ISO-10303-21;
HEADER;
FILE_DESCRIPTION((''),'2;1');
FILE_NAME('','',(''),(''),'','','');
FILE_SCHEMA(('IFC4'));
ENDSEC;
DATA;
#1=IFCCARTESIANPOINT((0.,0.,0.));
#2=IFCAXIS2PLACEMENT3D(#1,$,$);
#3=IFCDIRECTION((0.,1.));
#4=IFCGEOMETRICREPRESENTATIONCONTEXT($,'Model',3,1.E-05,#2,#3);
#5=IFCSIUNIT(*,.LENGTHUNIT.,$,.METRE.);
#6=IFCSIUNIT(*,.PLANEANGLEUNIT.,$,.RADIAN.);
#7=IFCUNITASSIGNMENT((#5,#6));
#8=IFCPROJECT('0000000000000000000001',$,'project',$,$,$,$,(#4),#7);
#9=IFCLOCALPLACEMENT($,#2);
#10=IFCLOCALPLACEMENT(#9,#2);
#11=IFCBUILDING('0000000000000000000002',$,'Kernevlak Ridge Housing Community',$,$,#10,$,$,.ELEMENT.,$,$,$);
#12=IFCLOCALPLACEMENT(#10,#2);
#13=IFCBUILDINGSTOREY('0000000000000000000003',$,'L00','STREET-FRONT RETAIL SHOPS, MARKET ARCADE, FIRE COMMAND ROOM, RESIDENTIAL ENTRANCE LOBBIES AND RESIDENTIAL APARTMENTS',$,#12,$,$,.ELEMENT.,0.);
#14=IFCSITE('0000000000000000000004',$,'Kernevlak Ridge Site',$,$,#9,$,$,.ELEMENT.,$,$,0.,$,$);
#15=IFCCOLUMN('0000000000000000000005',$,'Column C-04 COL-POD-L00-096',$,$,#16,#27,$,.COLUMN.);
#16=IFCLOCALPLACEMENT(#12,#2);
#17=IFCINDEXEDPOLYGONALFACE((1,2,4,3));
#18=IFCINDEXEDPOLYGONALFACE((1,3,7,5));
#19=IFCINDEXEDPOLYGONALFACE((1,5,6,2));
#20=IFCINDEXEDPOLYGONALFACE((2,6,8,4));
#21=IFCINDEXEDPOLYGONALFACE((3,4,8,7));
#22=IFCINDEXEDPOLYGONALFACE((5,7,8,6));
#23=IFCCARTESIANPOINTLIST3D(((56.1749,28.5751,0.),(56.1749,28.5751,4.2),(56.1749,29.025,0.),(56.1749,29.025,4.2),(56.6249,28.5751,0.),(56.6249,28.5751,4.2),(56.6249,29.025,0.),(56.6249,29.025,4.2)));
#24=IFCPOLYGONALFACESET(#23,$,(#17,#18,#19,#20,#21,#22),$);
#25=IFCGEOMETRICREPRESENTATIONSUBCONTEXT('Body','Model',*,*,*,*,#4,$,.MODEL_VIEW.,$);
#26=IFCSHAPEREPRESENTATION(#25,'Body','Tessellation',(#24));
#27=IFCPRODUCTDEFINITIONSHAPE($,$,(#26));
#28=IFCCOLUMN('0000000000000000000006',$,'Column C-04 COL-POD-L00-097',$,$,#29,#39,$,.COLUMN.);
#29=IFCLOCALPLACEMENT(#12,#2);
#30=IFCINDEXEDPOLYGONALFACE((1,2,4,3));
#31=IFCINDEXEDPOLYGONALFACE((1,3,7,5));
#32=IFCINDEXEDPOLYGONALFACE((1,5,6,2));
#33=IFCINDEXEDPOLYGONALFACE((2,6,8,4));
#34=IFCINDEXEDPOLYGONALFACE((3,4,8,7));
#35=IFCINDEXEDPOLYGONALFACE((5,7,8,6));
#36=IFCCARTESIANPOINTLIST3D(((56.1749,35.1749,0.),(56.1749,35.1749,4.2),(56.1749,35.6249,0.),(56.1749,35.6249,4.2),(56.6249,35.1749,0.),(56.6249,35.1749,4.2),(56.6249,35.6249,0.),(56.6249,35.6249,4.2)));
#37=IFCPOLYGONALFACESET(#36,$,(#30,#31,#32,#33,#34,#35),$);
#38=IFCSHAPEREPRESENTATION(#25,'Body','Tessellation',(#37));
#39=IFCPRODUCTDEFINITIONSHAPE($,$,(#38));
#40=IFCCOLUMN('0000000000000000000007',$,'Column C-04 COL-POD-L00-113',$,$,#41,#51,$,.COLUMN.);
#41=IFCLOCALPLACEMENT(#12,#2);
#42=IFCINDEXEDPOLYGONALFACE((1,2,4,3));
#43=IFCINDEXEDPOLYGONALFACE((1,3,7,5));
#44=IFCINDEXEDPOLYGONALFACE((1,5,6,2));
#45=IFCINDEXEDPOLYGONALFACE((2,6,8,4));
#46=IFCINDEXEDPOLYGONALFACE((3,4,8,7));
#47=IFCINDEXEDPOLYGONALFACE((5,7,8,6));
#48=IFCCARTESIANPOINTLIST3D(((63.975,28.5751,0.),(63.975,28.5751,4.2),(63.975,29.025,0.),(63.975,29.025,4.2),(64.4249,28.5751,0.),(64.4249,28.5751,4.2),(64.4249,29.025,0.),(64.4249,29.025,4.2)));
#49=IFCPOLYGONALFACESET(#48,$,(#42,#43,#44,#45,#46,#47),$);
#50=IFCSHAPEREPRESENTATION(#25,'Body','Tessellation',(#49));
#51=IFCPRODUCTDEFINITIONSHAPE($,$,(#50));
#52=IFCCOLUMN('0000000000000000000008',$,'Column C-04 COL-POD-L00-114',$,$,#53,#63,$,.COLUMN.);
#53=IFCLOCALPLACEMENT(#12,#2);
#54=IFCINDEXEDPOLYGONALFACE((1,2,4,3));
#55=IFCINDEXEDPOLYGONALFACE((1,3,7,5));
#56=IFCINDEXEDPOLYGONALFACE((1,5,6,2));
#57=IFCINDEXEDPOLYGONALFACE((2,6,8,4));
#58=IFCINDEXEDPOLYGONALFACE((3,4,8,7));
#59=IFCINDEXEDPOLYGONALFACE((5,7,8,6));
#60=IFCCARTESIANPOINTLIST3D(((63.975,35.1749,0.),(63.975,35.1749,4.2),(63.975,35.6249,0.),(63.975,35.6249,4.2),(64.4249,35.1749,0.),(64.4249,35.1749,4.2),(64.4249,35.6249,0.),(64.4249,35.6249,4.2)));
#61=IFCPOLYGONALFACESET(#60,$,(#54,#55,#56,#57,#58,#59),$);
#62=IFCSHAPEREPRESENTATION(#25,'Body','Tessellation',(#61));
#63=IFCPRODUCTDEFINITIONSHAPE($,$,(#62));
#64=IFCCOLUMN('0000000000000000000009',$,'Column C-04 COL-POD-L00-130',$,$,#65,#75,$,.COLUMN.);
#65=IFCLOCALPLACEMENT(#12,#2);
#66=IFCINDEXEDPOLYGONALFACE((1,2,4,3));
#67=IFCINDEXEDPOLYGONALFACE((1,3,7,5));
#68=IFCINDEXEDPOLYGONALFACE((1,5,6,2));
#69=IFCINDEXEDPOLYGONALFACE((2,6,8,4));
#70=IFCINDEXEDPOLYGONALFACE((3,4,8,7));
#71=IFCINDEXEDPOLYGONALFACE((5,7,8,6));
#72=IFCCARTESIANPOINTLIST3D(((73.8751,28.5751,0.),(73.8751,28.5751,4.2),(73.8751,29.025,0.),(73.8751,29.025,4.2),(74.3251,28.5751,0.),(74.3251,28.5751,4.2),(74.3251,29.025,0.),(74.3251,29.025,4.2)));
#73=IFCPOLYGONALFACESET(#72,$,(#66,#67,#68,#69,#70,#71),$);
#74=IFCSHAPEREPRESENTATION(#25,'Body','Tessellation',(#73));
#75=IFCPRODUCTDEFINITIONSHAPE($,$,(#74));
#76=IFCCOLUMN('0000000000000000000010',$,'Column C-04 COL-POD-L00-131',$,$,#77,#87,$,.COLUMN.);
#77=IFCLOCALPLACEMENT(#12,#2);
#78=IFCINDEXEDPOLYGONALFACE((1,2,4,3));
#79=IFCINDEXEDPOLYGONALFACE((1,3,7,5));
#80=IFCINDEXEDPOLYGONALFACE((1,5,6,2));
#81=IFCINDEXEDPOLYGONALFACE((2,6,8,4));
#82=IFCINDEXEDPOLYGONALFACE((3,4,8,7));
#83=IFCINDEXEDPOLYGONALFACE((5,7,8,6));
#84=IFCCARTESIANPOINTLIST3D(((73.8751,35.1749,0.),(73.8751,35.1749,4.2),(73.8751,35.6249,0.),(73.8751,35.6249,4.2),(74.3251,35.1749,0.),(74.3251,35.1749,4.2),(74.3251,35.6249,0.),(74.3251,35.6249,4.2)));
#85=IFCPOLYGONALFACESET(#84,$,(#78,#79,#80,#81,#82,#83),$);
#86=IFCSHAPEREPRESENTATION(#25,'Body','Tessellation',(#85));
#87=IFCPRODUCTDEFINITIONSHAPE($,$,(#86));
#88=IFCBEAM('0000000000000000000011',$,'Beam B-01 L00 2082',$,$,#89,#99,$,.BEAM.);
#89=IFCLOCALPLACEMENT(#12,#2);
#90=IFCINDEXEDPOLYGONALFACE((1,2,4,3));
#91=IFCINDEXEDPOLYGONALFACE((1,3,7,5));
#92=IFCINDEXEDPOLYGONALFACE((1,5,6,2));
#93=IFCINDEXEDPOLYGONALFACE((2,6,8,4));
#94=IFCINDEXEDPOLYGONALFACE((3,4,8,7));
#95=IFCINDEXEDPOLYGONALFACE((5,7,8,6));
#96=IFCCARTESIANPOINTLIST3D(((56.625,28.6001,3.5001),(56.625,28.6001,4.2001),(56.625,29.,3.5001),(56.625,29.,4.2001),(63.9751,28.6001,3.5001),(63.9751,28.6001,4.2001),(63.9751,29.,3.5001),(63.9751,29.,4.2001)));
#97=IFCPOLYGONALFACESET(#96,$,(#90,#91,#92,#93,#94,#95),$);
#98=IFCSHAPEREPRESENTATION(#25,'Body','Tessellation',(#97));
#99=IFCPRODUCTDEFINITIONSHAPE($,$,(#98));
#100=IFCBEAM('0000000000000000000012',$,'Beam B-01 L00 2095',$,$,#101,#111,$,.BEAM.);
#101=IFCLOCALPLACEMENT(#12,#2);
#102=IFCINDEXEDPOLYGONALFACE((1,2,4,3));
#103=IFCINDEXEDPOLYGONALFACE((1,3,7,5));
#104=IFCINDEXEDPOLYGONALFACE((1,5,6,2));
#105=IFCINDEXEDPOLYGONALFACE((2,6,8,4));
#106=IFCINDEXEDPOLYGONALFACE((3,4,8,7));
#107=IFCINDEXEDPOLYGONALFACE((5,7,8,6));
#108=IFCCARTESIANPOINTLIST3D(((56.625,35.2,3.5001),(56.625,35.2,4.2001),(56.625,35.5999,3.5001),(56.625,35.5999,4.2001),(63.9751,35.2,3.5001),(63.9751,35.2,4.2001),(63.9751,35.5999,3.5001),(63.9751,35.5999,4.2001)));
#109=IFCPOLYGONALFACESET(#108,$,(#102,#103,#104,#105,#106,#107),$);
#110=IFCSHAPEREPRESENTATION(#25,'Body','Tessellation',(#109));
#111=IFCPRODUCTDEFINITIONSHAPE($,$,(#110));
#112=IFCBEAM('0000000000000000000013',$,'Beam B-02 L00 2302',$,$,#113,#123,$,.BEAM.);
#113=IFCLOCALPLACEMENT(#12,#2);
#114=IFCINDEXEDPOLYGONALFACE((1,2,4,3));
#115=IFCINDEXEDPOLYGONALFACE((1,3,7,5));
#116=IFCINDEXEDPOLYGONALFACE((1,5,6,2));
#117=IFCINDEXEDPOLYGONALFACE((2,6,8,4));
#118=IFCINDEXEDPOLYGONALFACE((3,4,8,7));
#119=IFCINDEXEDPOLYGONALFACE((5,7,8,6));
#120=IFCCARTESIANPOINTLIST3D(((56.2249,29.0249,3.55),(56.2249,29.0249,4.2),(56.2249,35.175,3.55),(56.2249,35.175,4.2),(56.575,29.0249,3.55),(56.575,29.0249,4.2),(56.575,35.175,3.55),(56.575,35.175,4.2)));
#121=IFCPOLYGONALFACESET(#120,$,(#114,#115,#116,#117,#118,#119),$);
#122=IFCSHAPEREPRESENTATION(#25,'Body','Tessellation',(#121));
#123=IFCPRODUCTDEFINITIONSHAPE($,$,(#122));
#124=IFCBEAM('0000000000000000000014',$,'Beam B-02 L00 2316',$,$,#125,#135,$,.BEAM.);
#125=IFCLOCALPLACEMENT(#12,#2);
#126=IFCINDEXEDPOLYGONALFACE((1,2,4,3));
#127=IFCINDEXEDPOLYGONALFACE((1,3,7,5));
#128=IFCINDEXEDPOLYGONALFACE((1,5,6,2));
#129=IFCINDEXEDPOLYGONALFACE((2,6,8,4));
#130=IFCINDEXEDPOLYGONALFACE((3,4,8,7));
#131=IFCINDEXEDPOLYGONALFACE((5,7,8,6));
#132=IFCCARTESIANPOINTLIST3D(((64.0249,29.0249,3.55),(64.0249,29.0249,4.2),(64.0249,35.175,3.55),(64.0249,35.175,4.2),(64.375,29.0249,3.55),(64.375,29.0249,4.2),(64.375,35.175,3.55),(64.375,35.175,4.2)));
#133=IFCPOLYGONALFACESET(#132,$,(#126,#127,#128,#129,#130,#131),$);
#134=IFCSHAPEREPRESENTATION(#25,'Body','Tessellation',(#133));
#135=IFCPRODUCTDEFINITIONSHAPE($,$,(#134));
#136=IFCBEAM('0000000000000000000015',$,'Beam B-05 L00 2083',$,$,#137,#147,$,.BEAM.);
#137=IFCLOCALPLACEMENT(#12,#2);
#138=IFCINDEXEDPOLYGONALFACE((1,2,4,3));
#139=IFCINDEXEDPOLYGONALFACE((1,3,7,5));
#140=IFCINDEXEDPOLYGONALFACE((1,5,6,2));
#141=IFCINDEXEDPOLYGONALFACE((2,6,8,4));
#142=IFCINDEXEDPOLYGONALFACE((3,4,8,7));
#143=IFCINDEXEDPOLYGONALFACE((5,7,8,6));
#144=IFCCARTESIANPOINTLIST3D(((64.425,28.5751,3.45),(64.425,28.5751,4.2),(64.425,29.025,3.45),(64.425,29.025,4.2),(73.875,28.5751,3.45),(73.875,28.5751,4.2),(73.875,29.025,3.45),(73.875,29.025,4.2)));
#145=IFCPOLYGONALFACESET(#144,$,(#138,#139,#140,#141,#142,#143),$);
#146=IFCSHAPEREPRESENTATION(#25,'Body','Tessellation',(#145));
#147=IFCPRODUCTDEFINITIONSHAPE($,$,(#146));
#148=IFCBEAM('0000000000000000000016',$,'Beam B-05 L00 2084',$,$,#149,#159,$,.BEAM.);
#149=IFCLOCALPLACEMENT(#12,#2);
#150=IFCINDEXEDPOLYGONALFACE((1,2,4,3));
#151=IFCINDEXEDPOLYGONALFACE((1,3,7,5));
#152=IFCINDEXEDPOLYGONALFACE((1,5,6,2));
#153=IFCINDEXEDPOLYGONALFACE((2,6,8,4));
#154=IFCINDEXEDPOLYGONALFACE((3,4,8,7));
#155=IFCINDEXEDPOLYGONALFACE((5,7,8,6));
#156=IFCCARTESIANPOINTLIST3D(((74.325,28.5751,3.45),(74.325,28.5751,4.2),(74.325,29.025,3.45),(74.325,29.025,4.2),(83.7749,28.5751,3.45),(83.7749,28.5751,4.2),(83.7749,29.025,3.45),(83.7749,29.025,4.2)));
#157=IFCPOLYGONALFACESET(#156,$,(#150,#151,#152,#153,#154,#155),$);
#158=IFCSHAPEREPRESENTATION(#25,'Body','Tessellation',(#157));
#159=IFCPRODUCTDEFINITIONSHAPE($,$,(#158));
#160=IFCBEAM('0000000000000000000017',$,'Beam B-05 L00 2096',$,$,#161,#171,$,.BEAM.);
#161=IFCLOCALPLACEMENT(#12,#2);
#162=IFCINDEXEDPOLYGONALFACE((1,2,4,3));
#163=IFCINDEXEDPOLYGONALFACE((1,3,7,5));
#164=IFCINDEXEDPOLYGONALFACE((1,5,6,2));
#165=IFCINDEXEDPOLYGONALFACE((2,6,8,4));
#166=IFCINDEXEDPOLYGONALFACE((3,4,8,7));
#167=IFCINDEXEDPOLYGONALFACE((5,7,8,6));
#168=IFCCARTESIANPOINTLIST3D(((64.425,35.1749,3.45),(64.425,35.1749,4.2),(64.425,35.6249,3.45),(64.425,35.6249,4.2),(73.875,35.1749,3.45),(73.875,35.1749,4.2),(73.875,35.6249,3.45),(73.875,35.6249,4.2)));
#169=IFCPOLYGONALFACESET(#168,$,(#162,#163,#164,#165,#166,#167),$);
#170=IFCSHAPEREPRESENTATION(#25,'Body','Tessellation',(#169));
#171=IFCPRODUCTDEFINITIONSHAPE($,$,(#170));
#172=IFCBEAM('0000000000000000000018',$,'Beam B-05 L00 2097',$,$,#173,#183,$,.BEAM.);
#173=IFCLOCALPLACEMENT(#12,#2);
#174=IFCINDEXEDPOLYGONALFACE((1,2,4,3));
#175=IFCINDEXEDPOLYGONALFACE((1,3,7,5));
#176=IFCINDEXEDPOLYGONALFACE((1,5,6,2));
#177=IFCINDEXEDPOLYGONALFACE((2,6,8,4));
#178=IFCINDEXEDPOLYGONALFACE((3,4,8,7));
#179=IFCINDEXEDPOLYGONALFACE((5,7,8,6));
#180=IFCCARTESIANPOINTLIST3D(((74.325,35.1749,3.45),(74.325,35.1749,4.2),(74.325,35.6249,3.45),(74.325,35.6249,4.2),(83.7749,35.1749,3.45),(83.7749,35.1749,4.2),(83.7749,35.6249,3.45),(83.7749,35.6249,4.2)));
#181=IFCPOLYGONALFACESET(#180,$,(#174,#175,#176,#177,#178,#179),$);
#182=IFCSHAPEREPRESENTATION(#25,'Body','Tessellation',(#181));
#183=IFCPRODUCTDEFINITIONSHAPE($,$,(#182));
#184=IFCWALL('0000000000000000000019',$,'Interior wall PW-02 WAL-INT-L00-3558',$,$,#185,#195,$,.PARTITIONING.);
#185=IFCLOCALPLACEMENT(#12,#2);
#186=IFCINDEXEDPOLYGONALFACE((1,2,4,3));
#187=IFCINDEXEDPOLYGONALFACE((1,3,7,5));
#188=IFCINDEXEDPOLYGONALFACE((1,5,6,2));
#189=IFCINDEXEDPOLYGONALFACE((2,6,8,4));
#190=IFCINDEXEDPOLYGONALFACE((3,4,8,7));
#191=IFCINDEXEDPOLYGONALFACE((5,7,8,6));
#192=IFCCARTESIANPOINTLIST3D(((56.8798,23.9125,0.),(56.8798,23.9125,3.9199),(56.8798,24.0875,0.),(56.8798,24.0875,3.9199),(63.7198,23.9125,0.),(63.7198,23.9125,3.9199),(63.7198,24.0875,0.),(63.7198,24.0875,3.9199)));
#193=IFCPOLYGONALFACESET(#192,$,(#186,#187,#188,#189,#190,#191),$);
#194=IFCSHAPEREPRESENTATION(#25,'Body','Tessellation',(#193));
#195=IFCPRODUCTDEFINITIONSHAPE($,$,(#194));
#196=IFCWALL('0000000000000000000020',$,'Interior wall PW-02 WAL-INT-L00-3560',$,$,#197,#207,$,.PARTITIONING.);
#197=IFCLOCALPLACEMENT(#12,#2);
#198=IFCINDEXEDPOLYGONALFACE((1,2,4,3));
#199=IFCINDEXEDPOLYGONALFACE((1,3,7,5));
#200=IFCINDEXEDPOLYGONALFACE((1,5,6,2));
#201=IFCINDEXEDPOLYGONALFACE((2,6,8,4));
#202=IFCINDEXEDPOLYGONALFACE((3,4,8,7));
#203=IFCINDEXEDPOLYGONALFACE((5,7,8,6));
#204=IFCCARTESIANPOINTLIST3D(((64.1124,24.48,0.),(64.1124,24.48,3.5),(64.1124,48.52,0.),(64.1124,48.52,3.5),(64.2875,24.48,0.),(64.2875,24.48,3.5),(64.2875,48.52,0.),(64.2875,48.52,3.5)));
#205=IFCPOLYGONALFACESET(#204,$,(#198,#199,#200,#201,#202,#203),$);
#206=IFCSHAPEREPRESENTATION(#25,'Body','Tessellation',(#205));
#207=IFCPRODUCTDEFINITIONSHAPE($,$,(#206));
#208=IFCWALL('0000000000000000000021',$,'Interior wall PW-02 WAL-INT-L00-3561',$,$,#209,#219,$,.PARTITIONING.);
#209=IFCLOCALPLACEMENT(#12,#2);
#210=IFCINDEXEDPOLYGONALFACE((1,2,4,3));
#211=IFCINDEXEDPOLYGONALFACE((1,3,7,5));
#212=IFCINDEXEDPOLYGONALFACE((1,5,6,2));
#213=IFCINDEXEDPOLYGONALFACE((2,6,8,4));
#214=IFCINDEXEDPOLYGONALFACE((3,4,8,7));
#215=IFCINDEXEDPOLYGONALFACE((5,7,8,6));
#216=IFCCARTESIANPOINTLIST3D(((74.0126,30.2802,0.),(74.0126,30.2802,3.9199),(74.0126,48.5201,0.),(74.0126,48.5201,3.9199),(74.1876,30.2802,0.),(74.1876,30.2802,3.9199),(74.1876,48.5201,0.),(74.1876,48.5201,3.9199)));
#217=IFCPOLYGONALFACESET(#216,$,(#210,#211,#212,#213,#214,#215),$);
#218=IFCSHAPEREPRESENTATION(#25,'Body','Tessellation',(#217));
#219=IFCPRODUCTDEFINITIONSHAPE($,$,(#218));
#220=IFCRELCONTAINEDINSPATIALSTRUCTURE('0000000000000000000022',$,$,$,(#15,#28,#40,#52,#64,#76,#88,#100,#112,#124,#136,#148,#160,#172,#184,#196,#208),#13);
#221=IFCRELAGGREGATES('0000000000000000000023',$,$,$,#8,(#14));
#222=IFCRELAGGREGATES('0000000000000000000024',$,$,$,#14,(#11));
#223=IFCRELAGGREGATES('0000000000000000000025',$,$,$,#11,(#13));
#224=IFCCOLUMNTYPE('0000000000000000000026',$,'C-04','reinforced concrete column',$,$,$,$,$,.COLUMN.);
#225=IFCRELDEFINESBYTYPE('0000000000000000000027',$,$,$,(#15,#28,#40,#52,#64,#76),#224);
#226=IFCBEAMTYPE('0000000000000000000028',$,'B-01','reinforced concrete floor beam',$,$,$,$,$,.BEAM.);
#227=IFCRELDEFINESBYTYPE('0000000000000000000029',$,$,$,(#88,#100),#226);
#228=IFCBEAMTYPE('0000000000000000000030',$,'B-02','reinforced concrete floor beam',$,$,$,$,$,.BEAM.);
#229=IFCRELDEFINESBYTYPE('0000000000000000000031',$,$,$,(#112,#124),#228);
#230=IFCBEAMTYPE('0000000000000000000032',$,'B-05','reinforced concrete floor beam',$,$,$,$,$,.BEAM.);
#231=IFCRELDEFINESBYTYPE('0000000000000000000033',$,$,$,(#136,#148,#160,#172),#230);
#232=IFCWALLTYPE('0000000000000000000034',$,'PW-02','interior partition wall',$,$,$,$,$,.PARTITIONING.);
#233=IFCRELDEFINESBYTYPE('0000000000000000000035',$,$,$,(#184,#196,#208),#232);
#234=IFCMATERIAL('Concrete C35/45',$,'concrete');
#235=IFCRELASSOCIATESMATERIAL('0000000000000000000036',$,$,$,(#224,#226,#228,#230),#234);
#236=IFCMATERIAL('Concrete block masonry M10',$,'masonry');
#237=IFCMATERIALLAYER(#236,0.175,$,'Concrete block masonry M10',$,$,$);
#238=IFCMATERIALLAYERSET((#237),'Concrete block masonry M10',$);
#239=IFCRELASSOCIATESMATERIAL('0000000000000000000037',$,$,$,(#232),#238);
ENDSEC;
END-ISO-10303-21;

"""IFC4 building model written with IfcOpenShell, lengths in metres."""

from ifc_helpers import new_model, si_unit, direction, frame, frame_2d, origin, origin_2d, place, context, subcontext, project, spatial, rectangle, extrude, material, layer, layer_set, material_profile, profile_set, type_object, element, save


model = new_model("IFC4")

# Units and contexts
model_context = context("Model", 3, precision=1e-05, world=origin(), true_north=direction((0.0, 1.0)))
body_context = subcontext(model_context, "Body", "Model", "MODEL_VIEW")
ifc_project = project(units=[si_unit("LENGTHUNIT", "METRE"), si_unit("PLANEANGLEUNIT", "RADIAN")], contexts=[model_context])

# Site, building, storey
site_placement = place(None, origin())
site = spatial("IfcSite", under=ifc_project, at=site_placement, Name="Kernevlak Ridge Site", CompositionType="ELEMENT", RefElevation=0.0)
building_placement = place(site_placement, origin())
building = spatial("IfcBuilding", under=site, at=building_placement, Name="Kernevlak Ridge Housing Community", CompositionType="ELEMENT")
storey_placement = place(building_placement, origin())
storey = spatial("IfcBuildingStorey", under=building, at=storey_placement, Name="L00", Description="STREET-FRONT RETAIL SHOPS, MARKET ARCADE, FIRE COMMAND ROOM, RESIDENTIAL ENTRANCE LOBBIES AND RESIDENTIAL APARTMENTS", CompositionType="ELEMENT", Elevation=0.0)

# Columns
ifc_material_1 = material(Name="Concrete C35/45", Category="concrete")
ifc_material_profile_1 = material_profile(ifc_material_1, rectangle(XDim=0.45, YDim=0.45, at=origin_2d()), Name="RC 450x450")
ifc_profile_set_1 = profile_set([ifc_material_profile_1], Name="Concrete C35/45")
column_type = type_object("IfcColumnType", Name="C-04", Description="reinforced concrete column", PredefinedType="COLUMN", material=ifc_profile_set_1)
for number, where, z_axis, x_axis, name in (
    (1, (56.3999, 28.8, 0.0), (0.0, 0.0, 1.0), (1.0, 0.0, 0.0), "Column C-04 COL-POD-L00-096"),
    (2, (56.3999, 35.3999, 0.0), (0.0, 0.0, 1.0), (1.0, 0.0, 0.0), "Column C-04 COL-POD-L00-097"),
    (3, (64.2, 28.8, 0.0), (0.0, 0.0, 1.0), (1.0, 0.0, 0.0), "Column C-04 COL-POD-L00-113"),
    (4, (64.2, 35.3999, 0.0), (0.0, 0.0, 1.0), (1.0, 0.0, 0.0), "Column C-04 COL-POD-L00-114"),
    (5, (74.1001, 28.8, 0.0), (0.0, 0.0, 1.0), (1.0, 0.0, 0.0), "Column C-04 COL-POD-L00-130"),
    (6, (74.1001, 35.3999, 0.0), (0.0, 0.0, 1.0), (1.0, 0.0, 0.0), "Column C-04 COL-POD-L00-131"),
):
    element("IfcColumn", number, at=place(storey_placement, frame(where, z_axis=z_axis, x_axis=x_axis)), inside=storey, type_object=column_type, Name=name, PredefinedType="COLUMN", context=body_context, shape_type="SweptSolid", body=[
        extrude(rectangle(XDim=0.45, YDim=0.45, at=origin_2d()), origin(), (0.0, 0.0, 1.0), 4.2),
    ])

# Beams
ifc_material_profile_2 = material_profile(ifc_material_1, rectangle(XDim=0.3999, YDim=0.7, at=origin_2d()), Name="RC 400x700")
ifc_profile_set_2 = profile_set([ifc_material_profile_2], Name="Concrete C35/45")
beam_type_1 = type_object("IfcBeamType", Name="B-01", Description="reinforced concrete floor beam", PredefinedType="BEAM", material=ifc_profile_set_2)
for number, where, z_axis, x_axis, name in (
    (7, (56.625, 28.8, 3.8501), (1.0, 0.0, 0.0), (0.0, 1.0, 0.0), "Beam B-01 L00 2082"),
    (8, (56.625, 35.3999, 3.8501), (1.0, 0.0, 0.0), (0.0, 1.0, 0.0), "Beam B-01 L00 2095"),
):
    element("IfcBeam", number, at=place(storey_placement, frame(where, z_axis=z_axis, x_axis=x_axis)), inside=storey, type_object=beam_type_1, Name=name, PredefinedType="BEAM", context=body_context, shape_type="SweptSolid", body=[
        extrude(rectangle(XDim=0.3999, YDim=0.7, at=origin_2d()), origin(), (0.0, 0.0, 1.0), 7.3501),
    ])
ifc_material_profile_3 = material_profile(ifc_material_1, rectangle(XDim=0.3501, YDim=0.6499, at=origin_2d()), Name="RC 350x650")
ifc_profile_set_3 = profile_set([ifc_material_profile_3], Name="Concrete C35/45")
beam_type_2 = type_object("IfcBeamType", Name="B-02", Description="reinforced concrete floor beam", PredefinedType="BEAM", material=ifc_profile_set_3)
for number, where, z_axis, x_axis, name in (
    (9, (56.3999, 29.0249, 3.875), (0.0, 1.0, 0.0), (-1.0, 0.0, 0.0), "Beam B-02 L00 2302"),
    (10, (64.2, 29.0249, 3.875), (0.0, 1.0, 0.0), (-1.0, 0.0, 0.0), "Beam B-02 L00 2316"),
):
    element("IfcBeam", number, at=place(storey_placement, frame(where, z_axis=z_axis, x_axis=x_axis)), inside=storey, type_object=beam_type_2, Name=name, PredefinedType="BEAM", context=body_context, shape_type="SweptSolid", body=[
        extrude(rectangle(XDim=0.3501, YDim=0.6499, at=origin_2d()), origin(), (0.0, 0.0, 1.0), 6.1501),
    ])
ifc_material_profile_4 = material_profile(ifc_material_1, rectangle(XDim=0.45, YDim=0.75, at=origin_2d()), Name="RC 450x750")
ifc_profile_set_4 = profile_set([ifc_material_profile_4], Name="Concrete C35/45")
beam_type_3 = type_object("IfcBeamType", Name="B-05", Description="reinforced concrete floor beam", PredefinedType="BEAM", material=ifc_profile_set_4)
for number, where, z_axis, x_axis, name in (
    (11, (64.425, 28.8, 3.825), (1.0, 0.0, 0.0), (0.0, 1.0, 0.0), "Beam B-05 L00 2083"),
    (12, (74.325, 28.8, 3.825), (1.0, 0.0, 0.0), (0.0, 1.0, 0.0), "Beam B-05 L00 2084"),
    (13, (64.425, 35.3999, 3.825), (1.0, 0.0, 0.0), (0.0, 1.0, 0.0), "Beam B-05 L00 2096"),
    (14, (74.325, 35.3999, 3.825), (1.0, 0.0, 0.0), (0.0, 1.0, 0.0), "Beam B-05 L00 2097"),
):
    element("IfcBeam", number, at=place(storey_placement, frame(where, z_axis=z_axis, x_axis=x_axis)), inside=storey, type_object=beam_type_3, Name=name, PredefinedType="BEAM", context=body_context, shape_type="SweptSolid", body=[
        extrude(rectangle(XDim=0.45, YDim=0.75, at=origin_2d()), origin(), (0.0, 0.0, 1.0), 9.45),
    ])

# Walls
ifc_material_2 = material(Name="Concrete block masonry M10", Category="masonry")
ifc_layer_1 = layer(ifc_material_2, 0.175, Name="Concrete block masonry M10")
ifc_layer_set_1 = layer_set([ifc_layer_1], Name="Concrete block masonry M10")
wall_type_1 = type_object("IfcWallType", Name="PW-02", Description="interior partition wall", PredefinedType="PARTITIONING", material=ifc_layer_set_1)
wall_1_placement = place(storey_placement, frame((56.8799, 24.0, 0.0), z_axis=(0.0, 0.0, 1.0), x_axis=(1.0, 0.0, 0.0)))
element("IfcWall", 15, at=wall_1_placement, inside=storey, type_object=wall_type_1, Name="Interior wall PW-02 WAL-INT-L00-3558", PredefinedType="PARTITIONING", context=body_context, shape_type="SweptSolid", body=[
    extrude(rectangle(XDim=6.8401, YDim=0.175, at=frame_2d((3.4199, 0.0))), origin(), (0.0, 0.0, 1.0), 3.9199),
])
wall_2_placement = place(storey_placement, frame((64.2, 24.48, 0.0), z_axis=(0.0, 0.0, 1.0), x_axis=(0.0, 1.0, 0.0)))
element("IfcWall", 16, at=wall_2_placement, inside=storey, type_object=wall_type_1, Name="Interior wall PW-02 WAL-INT-L00-3560", PredefinedType="PARTITIONING", context=body_context, shape_type="SweptSolid", body=[
    extrude(rectangle(XDim=24.04, YDim=0.175, at=frame_2d((12.02, 0.0))), origin(), (0.0, 0.0, 1.0), 3.5),
])
wall_3_placement = place(storey_placement, frame((74.1001, 30.28, 0.0), z_axis=(0.0, 0.0, 1.0), x_axis=(0.0, 1.0, 0.0)))
element("IfcWall", 17, at=wall_3_placement, inside=storey, type_object=wall_type_1, Name="Interior wall PW-02 WAL-INT-L00-3561", PredefinedType="PARTITIONING", context=body_context, shape_type="SweptSolid", body=[
    extrude(rectangle(XDim=18.24, YDim=0.175, at=frame_2d((9.1201, 0.0))), origin(), (0.0, 0.0, 1.0), 3.9199),
])

save(model, "model.ifc")
